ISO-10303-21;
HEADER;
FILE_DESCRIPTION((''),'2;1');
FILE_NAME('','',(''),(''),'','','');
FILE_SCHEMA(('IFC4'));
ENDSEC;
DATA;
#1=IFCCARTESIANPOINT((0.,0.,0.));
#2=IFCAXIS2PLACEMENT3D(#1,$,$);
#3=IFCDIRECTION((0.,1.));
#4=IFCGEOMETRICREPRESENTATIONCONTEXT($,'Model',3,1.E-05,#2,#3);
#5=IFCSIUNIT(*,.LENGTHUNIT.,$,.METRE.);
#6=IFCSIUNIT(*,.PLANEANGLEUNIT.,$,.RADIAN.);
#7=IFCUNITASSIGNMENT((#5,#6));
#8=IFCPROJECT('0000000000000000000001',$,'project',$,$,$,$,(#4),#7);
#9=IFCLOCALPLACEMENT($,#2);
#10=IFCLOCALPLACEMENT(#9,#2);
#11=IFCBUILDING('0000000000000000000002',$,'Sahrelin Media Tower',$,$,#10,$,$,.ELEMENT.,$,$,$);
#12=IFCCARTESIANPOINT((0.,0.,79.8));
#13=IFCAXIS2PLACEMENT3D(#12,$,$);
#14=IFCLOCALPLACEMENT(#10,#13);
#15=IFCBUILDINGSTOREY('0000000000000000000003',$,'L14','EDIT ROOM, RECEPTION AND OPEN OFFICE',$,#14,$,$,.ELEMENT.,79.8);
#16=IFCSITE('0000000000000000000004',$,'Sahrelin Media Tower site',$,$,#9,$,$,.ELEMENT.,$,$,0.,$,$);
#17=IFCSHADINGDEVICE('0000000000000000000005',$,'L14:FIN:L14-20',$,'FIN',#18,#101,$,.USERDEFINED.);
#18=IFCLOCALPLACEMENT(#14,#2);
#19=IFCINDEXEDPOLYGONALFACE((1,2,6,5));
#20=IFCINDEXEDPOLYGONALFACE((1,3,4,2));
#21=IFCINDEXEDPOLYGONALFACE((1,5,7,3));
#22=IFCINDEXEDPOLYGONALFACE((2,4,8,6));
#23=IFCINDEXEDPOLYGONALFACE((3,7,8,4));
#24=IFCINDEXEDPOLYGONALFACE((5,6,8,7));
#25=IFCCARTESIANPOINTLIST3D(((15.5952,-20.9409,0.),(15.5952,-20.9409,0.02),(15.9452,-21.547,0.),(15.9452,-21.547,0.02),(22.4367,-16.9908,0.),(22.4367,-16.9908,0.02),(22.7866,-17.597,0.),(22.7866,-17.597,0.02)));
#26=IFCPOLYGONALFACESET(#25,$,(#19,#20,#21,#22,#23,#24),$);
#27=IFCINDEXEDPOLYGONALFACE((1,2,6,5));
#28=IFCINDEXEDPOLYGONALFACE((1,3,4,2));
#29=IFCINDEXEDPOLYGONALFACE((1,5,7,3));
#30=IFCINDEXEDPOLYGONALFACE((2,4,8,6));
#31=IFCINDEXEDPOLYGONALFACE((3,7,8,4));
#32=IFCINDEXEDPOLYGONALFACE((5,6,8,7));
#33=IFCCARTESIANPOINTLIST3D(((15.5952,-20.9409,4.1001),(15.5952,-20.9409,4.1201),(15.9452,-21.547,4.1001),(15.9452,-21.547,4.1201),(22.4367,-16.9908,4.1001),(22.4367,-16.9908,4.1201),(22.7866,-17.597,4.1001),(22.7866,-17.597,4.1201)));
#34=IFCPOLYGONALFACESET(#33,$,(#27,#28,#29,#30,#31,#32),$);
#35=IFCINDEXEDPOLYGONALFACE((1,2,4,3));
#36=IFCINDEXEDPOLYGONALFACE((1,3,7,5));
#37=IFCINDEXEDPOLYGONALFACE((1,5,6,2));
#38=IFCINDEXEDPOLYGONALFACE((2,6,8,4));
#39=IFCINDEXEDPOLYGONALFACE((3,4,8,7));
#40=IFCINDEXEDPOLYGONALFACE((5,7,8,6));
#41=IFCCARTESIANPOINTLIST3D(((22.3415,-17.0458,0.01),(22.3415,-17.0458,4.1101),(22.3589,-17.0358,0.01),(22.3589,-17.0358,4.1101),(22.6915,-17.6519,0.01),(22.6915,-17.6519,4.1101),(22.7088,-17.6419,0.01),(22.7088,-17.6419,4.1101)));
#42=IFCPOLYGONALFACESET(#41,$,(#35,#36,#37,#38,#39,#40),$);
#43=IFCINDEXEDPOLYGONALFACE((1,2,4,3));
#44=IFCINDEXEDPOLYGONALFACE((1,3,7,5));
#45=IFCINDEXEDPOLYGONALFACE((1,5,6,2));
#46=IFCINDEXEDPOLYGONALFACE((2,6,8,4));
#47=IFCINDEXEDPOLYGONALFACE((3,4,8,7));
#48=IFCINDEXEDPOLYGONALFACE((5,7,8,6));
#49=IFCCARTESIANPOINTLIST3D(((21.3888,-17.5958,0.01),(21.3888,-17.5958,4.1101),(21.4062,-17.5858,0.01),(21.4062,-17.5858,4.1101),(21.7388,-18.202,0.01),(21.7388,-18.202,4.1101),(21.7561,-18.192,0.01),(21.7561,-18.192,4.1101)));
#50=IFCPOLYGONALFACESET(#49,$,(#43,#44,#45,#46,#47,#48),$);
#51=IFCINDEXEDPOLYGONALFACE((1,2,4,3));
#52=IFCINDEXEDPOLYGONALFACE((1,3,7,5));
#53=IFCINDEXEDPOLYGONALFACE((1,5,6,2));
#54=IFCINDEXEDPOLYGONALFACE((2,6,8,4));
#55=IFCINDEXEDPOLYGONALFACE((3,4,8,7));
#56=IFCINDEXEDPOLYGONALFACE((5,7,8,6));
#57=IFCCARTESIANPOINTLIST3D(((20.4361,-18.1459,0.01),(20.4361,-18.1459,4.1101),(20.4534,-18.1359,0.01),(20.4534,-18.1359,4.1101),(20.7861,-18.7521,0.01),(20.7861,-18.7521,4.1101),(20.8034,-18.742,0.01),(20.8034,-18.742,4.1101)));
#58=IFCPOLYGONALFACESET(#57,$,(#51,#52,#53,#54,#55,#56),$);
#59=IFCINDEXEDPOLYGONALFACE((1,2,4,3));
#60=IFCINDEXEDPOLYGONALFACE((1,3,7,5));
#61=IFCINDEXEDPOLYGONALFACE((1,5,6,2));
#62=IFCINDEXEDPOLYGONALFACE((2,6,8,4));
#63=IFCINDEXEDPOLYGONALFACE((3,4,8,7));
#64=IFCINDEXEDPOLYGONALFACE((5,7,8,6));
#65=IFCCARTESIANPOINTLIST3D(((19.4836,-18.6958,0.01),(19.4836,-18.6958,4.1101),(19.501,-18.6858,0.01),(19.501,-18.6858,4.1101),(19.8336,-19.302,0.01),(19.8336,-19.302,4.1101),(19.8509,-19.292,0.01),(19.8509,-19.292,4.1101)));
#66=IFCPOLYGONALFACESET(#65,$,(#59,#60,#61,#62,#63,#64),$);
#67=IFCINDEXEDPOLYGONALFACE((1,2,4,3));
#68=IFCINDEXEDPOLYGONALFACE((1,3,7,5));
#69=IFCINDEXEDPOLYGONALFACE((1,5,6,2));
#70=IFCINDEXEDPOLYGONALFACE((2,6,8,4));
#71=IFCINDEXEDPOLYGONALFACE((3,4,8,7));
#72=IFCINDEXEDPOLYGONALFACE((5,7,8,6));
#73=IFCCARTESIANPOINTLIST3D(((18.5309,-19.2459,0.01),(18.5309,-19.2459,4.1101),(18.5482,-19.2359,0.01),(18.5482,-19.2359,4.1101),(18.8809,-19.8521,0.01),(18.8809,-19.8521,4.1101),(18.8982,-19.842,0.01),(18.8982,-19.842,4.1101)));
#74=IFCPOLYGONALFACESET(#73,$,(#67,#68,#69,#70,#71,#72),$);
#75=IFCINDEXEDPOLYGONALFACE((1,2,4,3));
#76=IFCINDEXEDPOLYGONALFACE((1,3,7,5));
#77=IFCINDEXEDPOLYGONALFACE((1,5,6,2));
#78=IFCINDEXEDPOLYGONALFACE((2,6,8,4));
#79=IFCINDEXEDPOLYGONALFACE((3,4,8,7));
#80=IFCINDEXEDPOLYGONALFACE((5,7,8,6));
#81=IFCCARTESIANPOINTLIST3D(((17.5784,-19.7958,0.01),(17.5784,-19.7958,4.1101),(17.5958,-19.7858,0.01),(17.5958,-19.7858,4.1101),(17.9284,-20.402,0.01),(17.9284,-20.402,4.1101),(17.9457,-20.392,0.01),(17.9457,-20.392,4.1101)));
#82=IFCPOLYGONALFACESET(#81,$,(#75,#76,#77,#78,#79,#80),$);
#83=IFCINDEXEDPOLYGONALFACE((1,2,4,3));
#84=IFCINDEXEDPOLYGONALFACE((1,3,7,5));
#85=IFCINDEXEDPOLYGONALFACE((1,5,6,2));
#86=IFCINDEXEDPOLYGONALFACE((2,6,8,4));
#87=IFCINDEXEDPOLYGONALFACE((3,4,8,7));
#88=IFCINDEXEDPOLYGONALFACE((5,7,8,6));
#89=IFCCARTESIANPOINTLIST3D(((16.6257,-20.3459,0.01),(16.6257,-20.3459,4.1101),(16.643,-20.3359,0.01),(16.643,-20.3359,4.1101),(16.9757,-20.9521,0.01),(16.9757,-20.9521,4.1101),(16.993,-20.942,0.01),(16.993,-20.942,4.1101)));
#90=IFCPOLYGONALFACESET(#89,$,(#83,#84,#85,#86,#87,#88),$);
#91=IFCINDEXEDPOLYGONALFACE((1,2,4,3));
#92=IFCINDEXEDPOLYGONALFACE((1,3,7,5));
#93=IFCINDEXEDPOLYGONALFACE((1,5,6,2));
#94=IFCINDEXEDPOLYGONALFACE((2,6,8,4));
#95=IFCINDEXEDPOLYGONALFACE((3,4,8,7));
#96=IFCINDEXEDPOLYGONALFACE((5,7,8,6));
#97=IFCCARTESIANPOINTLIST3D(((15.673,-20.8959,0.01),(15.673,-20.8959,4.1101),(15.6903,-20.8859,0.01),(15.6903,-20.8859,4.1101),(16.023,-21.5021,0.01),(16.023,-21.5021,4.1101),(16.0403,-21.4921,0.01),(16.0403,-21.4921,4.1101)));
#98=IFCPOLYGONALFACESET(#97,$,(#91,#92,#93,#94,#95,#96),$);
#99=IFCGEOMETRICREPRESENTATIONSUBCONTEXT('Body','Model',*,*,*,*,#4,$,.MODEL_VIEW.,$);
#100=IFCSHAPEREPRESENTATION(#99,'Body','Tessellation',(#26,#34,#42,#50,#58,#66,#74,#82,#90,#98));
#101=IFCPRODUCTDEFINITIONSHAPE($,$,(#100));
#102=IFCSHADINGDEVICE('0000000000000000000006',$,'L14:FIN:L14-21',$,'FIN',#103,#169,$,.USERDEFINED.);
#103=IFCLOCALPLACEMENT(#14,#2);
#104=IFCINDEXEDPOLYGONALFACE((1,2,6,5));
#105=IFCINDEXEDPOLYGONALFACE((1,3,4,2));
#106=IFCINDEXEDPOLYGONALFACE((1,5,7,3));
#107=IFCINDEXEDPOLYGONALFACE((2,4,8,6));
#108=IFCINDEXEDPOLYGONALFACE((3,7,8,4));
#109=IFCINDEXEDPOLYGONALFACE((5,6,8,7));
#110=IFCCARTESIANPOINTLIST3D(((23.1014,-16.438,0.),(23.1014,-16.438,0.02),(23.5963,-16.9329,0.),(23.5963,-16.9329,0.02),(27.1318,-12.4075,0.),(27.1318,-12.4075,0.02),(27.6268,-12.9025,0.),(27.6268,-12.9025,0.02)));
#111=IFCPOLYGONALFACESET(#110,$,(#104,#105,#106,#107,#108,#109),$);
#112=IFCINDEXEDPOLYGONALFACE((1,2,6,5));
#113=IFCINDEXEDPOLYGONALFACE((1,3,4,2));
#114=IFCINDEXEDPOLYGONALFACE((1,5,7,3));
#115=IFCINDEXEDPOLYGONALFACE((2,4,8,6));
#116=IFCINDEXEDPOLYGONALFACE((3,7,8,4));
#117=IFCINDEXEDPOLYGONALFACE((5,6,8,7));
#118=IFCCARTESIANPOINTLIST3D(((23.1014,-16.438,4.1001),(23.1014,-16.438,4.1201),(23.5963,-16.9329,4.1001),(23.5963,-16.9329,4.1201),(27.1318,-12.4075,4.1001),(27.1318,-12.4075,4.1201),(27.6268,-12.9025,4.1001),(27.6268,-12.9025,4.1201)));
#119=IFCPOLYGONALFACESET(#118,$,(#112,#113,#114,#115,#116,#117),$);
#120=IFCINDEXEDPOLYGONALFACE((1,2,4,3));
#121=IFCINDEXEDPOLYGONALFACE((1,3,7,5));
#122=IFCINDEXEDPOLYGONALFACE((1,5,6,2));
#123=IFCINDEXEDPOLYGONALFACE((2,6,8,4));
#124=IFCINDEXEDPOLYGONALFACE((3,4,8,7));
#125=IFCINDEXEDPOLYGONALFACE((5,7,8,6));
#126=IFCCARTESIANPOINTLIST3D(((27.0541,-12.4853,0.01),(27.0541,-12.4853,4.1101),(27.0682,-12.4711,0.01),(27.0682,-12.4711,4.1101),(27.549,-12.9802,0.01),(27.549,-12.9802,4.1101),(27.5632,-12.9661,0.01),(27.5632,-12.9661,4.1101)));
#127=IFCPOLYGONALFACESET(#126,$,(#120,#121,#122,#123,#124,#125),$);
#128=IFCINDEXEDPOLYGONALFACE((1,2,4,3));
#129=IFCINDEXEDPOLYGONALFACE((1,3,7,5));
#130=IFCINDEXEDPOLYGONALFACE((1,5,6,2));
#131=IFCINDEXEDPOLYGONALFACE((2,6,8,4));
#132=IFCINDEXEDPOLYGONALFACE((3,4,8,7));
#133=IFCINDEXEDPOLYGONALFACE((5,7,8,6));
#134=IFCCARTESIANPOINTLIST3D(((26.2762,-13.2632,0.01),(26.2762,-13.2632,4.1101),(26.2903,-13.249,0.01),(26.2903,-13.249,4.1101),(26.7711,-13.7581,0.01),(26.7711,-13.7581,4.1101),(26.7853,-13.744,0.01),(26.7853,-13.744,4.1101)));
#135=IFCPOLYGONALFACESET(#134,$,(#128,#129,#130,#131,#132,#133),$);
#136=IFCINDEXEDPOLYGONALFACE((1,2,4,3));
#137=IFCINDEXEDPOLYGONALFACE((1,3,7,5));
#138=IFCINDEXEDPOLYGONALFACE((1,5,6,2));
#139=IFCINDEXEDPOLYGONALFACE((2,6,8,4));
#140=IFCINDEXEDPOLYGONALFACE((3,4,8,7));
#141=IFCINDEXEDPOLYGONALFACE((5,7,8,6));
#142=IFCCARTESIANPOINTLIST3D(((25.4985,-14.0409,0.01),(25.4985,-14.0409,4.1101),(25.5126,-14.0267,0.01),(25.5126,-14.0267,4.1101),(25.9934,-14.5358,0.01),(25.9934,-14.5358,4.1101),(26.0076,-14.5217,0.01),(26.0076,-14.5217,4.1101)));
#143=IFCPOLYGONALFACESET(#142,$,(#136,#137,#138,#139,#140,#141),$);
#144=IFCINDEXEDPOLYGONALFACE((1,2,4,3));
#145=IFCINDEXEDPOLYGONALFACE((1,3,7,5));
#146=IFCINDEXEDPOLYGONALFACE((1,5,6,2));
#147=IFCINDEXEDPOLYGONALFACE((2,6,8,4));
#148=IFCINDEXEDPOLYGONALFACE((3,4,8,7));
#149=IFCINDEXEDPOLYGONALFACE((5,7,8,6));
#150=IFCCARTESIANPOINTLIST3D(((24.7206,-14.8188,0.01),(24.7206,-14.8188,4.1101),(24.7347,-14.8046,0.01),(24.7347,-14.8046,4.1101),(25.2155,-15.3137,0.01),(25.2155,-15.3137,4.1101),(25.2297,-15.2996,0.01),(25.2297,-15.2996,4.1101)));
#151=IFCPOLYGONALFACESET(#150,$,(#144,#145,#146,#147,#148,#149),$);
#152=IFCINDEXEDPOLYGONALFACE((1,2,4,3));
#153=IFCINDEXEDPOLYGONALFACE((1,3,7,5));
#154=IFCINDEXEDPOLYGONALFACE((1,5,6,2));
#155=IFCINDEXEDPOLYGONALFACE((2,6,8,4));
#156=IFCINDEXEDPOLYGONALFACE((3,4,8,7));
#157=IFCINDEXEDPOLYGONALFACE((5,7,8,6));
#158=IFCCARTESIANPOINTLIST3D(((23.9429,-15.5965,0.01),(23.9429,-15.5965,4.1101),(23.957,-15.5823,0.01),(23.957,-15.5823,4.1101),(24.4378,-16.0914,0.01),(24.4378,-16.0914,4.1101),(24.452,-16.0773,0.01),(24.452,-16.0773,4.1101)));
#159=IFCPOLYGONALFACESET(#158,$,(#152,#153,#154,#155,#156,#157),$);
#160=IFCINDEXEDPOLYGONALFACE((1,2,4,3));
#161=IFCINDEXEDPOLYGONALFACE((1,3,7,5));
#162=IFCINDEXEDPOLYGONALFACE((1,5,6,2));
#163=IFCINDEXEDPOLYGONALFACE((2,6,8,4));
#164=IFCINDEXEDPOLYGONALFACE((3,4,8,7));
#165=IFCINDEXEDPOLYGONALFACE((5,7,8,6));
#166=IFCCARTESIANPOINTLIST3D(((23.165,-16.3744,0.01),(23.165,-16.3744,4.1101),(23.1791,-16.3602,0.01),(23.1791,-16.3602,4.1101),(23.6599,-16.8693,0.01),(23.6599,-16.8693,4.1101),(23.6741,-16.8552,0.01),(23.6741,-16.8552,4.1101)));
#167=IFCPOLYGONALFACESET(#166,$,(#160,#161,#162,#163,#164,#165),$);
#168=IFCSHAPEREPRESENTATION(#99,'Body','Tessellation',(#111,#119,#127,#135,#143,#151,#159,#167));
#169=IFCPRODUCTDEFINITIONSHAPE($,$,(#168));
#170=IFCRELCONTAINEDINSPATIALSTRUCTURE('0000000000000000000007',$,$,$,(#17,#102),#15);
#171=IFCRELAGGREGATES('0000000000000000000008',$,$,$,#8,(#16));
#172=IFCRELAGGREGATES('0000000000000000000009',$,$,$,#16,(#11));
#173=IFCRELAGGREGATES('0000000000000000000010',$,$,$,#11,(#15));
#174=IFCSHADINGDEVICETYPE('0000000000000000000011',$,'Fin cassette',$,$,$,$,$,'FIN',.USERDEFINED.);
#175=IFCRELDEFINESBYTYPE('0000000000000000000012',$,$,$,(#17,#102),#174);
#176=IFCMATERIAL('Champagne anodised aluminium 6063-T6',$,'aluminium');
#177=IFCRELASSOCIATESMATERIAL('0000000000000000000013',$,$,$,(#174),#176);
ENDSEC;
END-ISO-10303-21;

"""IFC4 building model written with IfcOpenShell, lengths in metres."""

from ifc_helpers import new_model, si_unit, direction, frame, origin, origin_2d, place, context, subcontext, project, spatial, rectangle, extrude, material, type_object, element, save


model = new_model("IFC4")

# Units and contexts
model_context = context("Model", 3, precision=1e-05, world=origin(), true_north=direction((0.0, 1.0)))
body_context = subcontext(model_context, "Body", "Model", "MODEL_VIEW")
ifc_project = project(units=[si_unit("LENGTHUNIT", "METRE"), si_unit("PLANEANGLEUNIT", "RADIAN")], contexts=[model_context])

# Site, building, storey
site_placement = place(None, origin())
site = spatial("IfcSite", under=ifc_project, at=site_placement, Name="Sahrelin Media Tower site", CompositionType="ELEMENT", RefElevation=0.0)
building_placement = place(site_placement, origin())
building = spatial("IfcBuilding", under=site, at=building_placement, Name="Sahrelin Media Tower", CompositionType="ELEMENT")
storey_placement = place(building_placement, frame((0.0, 0.0, 79.8)))
storey = spatial("IfcBuildingStorey", under=building, at=storey_placement, Name="L14", Description="EDIT ROOM, RECEPTION AND OPEN OFFICE", CompositionType="ELEMENT", Elevation=79.8)

# Shared definitions
ifc_material_1 = material(Name="Champagne anodised aluminium 6063-T6", Category="aluminium")

# Shading devices
shading_device_type_1 = type_object("IfcShadingDeviceType", Name="Fin cassette", ElementType="FIN", PredefinedType="USERDEFINED", material=ifc_material_1)
placement_1 = place(storey_placement, frame((18.981, -18.9053, 0.0), z_axis=(0.0, 0.0, 1.0), x_axis=(-0.866019, -0.500011, 0.0)))
element("IfcShadingDevice", 1, at=placement_1, inside=storey, type_object=shading_device_type_1, Name="L14:FIN:L14-20", ObjectType="FIN", PredefinedType="USERDEFINED", context=body_context, shape_type="SweptSolid", body=[
    extrude(rectangle(XDim=7.8999, YDim=0.7, at=origin_2d()), frame((0.0, 0.4199, 0.0)), (0.0, 0.0, 1.0), 0.02),
    extrude(rectangle(XDim=7.8999, YDim=0.7, at=origin_2d()), frame((0.0, 0.4199, 4.1001)), (0.0, 0.0, 1.0), 0.02),
    extrude(rectangle(XDim=0.02, YDim=0.7, at=origin_2d()), frame((-3.8501, 0.4199, 0.01), z_axis=(0.0, 0.0, 1.0), x_axis=(1.0, 0.0, 0.0)), (0.0, 0.0, 1.0), 4.1001),
    extrude(rectangle(XDim=0.02, YDim=0.7, at=origin_2d()), frame((-2.75, 0.4199, 0.01), z_axis=(0.0, 0.0, 1.0), x_axis=(1.0, 0.0, 0.0)), (0.0, 0.0, 1.0), 4.1001),
    extrude(rectangle(XDim=0.02, YDim=0.7, at=origin_2d()), frame((-1.6499, 0.4199, 0.01), z_axis=(0.0, 0.0, 1.0), x_axis=(1.0, 0.0, 0.0)), (0.0, 0.0, 1.0), 4.1001),
    extrude(rectangle(XDim=0.02, YDim=0.7, at=origin_2d()), frame((-0.55, 0.4199, 0.01), z_axis=(0.0, 0.0, 1.0), x_axis=(1.0, 0.0, 0.0)), (0.0, 0.0, 1.0), 4.1001),
    extrude(rectangle(XDim=0.02, YDim=0.7, at=origin_2d()), frame((0.55, 0.4199, 0.01), z_axis=(0.0, 0.0, 1.0), x_axis=(1.0, 0.0, 0.0)), (0.0, 0.0, 1.0), 4.1001),
    extrude(rectangle(XDim=0.02, YDim=0.7, at=origin_2d()), frame((1.6499, 0.4199, 0.01), z_axis=(0.0, 0.0, 1.0), x_axis=(1.0, 0.0, 0.0)), (0.0, 0.0, 1.0), 4.1001),
    extrude(rectangle(XDim=0.02, YDim=0.7, at=origin_2d()), frame((2.75, 0.4199, 0.01), z_axis=(0.0, 0.0, 1.0), x_axis=(1.0, 0.0, 0.0)), (0.0, 0.0, 1.0), 4.1001),
    extrude(rectangle(XDim=0.02, YDim=0.7, at=origin_2d()), frame((3.8501, 0.4199, 0.01), z_axis=(0.0, 0.0, 1.0), x_axis=(1.0, 0.0, 0.0)), (0.0, 0.0, 1.0), 4.1001),
])
placement_2 = place(storey_placement, frame((25.0671, -14.3733, 0.0), z_axis=(0.0, 0.0, 1.0), x_axis=(-0.707107, -0.707107, 0.0)))
element("IfcShadingDevice", 2, at=placement_2, inside=storey, type_object=shading_device_type_1, Name="L14:FIN:L14-21", ObjectType="FIN", PredefinedType="USERDEFINED", context=body_context, shape_type="SweptSolid", body=[
    extrude(rectangle(XDim=5.7, YDim=0.7, at=origin_2d()), frame((0.0, 0.4199, 0.0)), (0.0, 0.0, 1.0), 0.02),
    extrude(rectangle(XDim=5.7, YDim=0.7, at=origin_2d()), frame((0.0, 0.4199, 4.1001)), (0.0, 0.0, 1.0), 0.02),
    extrude(rectangle(XDim=0.02, YDim=0.7, at=origin_2d()), frame((-2.75, 0.4199, 0.01), z_axis=(0.0, 0.0, 1.0), x_axis=(1.0, 0.0, 0.0)), (0.0, 0.0, 1.0), 4.1001),
    extrude(rectangle(XDim=0.02, YDim=0.7, at=origin_2d()), frame((-1.6499, 0.4199, 0.01), z_axis=(0.0, 0.0, 1.0), x_axis=(1.0, 0.0, 0.0)), (0.0, 0.0, 1.0), 4.1001),
    extrude(rectangle(XDim=0.02, YDim=0.7, at=origin_2d()), frame((-0.55, 0.4199, 0.01), z_axis=(0.0, 0.0, 1.0), x_axis=(1.0, 0.0, 0.0)), (0.0, 0.0, 1.0), 4.1001),
    extrude(rectangle(XDim=0.02, YDim=0.7, at=origin_2d()), frame((0.55, 0.4199, 0.01), z_axis=(0.0, 0.0, 1.0), x_axis=(1.0, 0.0, 0.0)), (0.0, 0.0, 1.0), 4.1001),
    extrude(rectangle(XDim=0.02, YDim=0.7, at=origin_2d()), frame((1.6499, 0.4199, 0.01), z_axis=(0.0, 0.0, 1.0), x_axis=(1.0, 0.0, 0.0)), (0.0, 0.0, 1.0), 4.1001),
    extrude(rectangle(XDim=0.02, YDim=0.7, at=origin_2d()), frame((2.75, 0.4199, 0.01), z_axis=(0.0, 0.0, 1.0), x_axis=(1.0, 0.0, 0.0)), (0.0, 0.0, 1.0), 4.1001),
])

save(model, "model.ifc")
